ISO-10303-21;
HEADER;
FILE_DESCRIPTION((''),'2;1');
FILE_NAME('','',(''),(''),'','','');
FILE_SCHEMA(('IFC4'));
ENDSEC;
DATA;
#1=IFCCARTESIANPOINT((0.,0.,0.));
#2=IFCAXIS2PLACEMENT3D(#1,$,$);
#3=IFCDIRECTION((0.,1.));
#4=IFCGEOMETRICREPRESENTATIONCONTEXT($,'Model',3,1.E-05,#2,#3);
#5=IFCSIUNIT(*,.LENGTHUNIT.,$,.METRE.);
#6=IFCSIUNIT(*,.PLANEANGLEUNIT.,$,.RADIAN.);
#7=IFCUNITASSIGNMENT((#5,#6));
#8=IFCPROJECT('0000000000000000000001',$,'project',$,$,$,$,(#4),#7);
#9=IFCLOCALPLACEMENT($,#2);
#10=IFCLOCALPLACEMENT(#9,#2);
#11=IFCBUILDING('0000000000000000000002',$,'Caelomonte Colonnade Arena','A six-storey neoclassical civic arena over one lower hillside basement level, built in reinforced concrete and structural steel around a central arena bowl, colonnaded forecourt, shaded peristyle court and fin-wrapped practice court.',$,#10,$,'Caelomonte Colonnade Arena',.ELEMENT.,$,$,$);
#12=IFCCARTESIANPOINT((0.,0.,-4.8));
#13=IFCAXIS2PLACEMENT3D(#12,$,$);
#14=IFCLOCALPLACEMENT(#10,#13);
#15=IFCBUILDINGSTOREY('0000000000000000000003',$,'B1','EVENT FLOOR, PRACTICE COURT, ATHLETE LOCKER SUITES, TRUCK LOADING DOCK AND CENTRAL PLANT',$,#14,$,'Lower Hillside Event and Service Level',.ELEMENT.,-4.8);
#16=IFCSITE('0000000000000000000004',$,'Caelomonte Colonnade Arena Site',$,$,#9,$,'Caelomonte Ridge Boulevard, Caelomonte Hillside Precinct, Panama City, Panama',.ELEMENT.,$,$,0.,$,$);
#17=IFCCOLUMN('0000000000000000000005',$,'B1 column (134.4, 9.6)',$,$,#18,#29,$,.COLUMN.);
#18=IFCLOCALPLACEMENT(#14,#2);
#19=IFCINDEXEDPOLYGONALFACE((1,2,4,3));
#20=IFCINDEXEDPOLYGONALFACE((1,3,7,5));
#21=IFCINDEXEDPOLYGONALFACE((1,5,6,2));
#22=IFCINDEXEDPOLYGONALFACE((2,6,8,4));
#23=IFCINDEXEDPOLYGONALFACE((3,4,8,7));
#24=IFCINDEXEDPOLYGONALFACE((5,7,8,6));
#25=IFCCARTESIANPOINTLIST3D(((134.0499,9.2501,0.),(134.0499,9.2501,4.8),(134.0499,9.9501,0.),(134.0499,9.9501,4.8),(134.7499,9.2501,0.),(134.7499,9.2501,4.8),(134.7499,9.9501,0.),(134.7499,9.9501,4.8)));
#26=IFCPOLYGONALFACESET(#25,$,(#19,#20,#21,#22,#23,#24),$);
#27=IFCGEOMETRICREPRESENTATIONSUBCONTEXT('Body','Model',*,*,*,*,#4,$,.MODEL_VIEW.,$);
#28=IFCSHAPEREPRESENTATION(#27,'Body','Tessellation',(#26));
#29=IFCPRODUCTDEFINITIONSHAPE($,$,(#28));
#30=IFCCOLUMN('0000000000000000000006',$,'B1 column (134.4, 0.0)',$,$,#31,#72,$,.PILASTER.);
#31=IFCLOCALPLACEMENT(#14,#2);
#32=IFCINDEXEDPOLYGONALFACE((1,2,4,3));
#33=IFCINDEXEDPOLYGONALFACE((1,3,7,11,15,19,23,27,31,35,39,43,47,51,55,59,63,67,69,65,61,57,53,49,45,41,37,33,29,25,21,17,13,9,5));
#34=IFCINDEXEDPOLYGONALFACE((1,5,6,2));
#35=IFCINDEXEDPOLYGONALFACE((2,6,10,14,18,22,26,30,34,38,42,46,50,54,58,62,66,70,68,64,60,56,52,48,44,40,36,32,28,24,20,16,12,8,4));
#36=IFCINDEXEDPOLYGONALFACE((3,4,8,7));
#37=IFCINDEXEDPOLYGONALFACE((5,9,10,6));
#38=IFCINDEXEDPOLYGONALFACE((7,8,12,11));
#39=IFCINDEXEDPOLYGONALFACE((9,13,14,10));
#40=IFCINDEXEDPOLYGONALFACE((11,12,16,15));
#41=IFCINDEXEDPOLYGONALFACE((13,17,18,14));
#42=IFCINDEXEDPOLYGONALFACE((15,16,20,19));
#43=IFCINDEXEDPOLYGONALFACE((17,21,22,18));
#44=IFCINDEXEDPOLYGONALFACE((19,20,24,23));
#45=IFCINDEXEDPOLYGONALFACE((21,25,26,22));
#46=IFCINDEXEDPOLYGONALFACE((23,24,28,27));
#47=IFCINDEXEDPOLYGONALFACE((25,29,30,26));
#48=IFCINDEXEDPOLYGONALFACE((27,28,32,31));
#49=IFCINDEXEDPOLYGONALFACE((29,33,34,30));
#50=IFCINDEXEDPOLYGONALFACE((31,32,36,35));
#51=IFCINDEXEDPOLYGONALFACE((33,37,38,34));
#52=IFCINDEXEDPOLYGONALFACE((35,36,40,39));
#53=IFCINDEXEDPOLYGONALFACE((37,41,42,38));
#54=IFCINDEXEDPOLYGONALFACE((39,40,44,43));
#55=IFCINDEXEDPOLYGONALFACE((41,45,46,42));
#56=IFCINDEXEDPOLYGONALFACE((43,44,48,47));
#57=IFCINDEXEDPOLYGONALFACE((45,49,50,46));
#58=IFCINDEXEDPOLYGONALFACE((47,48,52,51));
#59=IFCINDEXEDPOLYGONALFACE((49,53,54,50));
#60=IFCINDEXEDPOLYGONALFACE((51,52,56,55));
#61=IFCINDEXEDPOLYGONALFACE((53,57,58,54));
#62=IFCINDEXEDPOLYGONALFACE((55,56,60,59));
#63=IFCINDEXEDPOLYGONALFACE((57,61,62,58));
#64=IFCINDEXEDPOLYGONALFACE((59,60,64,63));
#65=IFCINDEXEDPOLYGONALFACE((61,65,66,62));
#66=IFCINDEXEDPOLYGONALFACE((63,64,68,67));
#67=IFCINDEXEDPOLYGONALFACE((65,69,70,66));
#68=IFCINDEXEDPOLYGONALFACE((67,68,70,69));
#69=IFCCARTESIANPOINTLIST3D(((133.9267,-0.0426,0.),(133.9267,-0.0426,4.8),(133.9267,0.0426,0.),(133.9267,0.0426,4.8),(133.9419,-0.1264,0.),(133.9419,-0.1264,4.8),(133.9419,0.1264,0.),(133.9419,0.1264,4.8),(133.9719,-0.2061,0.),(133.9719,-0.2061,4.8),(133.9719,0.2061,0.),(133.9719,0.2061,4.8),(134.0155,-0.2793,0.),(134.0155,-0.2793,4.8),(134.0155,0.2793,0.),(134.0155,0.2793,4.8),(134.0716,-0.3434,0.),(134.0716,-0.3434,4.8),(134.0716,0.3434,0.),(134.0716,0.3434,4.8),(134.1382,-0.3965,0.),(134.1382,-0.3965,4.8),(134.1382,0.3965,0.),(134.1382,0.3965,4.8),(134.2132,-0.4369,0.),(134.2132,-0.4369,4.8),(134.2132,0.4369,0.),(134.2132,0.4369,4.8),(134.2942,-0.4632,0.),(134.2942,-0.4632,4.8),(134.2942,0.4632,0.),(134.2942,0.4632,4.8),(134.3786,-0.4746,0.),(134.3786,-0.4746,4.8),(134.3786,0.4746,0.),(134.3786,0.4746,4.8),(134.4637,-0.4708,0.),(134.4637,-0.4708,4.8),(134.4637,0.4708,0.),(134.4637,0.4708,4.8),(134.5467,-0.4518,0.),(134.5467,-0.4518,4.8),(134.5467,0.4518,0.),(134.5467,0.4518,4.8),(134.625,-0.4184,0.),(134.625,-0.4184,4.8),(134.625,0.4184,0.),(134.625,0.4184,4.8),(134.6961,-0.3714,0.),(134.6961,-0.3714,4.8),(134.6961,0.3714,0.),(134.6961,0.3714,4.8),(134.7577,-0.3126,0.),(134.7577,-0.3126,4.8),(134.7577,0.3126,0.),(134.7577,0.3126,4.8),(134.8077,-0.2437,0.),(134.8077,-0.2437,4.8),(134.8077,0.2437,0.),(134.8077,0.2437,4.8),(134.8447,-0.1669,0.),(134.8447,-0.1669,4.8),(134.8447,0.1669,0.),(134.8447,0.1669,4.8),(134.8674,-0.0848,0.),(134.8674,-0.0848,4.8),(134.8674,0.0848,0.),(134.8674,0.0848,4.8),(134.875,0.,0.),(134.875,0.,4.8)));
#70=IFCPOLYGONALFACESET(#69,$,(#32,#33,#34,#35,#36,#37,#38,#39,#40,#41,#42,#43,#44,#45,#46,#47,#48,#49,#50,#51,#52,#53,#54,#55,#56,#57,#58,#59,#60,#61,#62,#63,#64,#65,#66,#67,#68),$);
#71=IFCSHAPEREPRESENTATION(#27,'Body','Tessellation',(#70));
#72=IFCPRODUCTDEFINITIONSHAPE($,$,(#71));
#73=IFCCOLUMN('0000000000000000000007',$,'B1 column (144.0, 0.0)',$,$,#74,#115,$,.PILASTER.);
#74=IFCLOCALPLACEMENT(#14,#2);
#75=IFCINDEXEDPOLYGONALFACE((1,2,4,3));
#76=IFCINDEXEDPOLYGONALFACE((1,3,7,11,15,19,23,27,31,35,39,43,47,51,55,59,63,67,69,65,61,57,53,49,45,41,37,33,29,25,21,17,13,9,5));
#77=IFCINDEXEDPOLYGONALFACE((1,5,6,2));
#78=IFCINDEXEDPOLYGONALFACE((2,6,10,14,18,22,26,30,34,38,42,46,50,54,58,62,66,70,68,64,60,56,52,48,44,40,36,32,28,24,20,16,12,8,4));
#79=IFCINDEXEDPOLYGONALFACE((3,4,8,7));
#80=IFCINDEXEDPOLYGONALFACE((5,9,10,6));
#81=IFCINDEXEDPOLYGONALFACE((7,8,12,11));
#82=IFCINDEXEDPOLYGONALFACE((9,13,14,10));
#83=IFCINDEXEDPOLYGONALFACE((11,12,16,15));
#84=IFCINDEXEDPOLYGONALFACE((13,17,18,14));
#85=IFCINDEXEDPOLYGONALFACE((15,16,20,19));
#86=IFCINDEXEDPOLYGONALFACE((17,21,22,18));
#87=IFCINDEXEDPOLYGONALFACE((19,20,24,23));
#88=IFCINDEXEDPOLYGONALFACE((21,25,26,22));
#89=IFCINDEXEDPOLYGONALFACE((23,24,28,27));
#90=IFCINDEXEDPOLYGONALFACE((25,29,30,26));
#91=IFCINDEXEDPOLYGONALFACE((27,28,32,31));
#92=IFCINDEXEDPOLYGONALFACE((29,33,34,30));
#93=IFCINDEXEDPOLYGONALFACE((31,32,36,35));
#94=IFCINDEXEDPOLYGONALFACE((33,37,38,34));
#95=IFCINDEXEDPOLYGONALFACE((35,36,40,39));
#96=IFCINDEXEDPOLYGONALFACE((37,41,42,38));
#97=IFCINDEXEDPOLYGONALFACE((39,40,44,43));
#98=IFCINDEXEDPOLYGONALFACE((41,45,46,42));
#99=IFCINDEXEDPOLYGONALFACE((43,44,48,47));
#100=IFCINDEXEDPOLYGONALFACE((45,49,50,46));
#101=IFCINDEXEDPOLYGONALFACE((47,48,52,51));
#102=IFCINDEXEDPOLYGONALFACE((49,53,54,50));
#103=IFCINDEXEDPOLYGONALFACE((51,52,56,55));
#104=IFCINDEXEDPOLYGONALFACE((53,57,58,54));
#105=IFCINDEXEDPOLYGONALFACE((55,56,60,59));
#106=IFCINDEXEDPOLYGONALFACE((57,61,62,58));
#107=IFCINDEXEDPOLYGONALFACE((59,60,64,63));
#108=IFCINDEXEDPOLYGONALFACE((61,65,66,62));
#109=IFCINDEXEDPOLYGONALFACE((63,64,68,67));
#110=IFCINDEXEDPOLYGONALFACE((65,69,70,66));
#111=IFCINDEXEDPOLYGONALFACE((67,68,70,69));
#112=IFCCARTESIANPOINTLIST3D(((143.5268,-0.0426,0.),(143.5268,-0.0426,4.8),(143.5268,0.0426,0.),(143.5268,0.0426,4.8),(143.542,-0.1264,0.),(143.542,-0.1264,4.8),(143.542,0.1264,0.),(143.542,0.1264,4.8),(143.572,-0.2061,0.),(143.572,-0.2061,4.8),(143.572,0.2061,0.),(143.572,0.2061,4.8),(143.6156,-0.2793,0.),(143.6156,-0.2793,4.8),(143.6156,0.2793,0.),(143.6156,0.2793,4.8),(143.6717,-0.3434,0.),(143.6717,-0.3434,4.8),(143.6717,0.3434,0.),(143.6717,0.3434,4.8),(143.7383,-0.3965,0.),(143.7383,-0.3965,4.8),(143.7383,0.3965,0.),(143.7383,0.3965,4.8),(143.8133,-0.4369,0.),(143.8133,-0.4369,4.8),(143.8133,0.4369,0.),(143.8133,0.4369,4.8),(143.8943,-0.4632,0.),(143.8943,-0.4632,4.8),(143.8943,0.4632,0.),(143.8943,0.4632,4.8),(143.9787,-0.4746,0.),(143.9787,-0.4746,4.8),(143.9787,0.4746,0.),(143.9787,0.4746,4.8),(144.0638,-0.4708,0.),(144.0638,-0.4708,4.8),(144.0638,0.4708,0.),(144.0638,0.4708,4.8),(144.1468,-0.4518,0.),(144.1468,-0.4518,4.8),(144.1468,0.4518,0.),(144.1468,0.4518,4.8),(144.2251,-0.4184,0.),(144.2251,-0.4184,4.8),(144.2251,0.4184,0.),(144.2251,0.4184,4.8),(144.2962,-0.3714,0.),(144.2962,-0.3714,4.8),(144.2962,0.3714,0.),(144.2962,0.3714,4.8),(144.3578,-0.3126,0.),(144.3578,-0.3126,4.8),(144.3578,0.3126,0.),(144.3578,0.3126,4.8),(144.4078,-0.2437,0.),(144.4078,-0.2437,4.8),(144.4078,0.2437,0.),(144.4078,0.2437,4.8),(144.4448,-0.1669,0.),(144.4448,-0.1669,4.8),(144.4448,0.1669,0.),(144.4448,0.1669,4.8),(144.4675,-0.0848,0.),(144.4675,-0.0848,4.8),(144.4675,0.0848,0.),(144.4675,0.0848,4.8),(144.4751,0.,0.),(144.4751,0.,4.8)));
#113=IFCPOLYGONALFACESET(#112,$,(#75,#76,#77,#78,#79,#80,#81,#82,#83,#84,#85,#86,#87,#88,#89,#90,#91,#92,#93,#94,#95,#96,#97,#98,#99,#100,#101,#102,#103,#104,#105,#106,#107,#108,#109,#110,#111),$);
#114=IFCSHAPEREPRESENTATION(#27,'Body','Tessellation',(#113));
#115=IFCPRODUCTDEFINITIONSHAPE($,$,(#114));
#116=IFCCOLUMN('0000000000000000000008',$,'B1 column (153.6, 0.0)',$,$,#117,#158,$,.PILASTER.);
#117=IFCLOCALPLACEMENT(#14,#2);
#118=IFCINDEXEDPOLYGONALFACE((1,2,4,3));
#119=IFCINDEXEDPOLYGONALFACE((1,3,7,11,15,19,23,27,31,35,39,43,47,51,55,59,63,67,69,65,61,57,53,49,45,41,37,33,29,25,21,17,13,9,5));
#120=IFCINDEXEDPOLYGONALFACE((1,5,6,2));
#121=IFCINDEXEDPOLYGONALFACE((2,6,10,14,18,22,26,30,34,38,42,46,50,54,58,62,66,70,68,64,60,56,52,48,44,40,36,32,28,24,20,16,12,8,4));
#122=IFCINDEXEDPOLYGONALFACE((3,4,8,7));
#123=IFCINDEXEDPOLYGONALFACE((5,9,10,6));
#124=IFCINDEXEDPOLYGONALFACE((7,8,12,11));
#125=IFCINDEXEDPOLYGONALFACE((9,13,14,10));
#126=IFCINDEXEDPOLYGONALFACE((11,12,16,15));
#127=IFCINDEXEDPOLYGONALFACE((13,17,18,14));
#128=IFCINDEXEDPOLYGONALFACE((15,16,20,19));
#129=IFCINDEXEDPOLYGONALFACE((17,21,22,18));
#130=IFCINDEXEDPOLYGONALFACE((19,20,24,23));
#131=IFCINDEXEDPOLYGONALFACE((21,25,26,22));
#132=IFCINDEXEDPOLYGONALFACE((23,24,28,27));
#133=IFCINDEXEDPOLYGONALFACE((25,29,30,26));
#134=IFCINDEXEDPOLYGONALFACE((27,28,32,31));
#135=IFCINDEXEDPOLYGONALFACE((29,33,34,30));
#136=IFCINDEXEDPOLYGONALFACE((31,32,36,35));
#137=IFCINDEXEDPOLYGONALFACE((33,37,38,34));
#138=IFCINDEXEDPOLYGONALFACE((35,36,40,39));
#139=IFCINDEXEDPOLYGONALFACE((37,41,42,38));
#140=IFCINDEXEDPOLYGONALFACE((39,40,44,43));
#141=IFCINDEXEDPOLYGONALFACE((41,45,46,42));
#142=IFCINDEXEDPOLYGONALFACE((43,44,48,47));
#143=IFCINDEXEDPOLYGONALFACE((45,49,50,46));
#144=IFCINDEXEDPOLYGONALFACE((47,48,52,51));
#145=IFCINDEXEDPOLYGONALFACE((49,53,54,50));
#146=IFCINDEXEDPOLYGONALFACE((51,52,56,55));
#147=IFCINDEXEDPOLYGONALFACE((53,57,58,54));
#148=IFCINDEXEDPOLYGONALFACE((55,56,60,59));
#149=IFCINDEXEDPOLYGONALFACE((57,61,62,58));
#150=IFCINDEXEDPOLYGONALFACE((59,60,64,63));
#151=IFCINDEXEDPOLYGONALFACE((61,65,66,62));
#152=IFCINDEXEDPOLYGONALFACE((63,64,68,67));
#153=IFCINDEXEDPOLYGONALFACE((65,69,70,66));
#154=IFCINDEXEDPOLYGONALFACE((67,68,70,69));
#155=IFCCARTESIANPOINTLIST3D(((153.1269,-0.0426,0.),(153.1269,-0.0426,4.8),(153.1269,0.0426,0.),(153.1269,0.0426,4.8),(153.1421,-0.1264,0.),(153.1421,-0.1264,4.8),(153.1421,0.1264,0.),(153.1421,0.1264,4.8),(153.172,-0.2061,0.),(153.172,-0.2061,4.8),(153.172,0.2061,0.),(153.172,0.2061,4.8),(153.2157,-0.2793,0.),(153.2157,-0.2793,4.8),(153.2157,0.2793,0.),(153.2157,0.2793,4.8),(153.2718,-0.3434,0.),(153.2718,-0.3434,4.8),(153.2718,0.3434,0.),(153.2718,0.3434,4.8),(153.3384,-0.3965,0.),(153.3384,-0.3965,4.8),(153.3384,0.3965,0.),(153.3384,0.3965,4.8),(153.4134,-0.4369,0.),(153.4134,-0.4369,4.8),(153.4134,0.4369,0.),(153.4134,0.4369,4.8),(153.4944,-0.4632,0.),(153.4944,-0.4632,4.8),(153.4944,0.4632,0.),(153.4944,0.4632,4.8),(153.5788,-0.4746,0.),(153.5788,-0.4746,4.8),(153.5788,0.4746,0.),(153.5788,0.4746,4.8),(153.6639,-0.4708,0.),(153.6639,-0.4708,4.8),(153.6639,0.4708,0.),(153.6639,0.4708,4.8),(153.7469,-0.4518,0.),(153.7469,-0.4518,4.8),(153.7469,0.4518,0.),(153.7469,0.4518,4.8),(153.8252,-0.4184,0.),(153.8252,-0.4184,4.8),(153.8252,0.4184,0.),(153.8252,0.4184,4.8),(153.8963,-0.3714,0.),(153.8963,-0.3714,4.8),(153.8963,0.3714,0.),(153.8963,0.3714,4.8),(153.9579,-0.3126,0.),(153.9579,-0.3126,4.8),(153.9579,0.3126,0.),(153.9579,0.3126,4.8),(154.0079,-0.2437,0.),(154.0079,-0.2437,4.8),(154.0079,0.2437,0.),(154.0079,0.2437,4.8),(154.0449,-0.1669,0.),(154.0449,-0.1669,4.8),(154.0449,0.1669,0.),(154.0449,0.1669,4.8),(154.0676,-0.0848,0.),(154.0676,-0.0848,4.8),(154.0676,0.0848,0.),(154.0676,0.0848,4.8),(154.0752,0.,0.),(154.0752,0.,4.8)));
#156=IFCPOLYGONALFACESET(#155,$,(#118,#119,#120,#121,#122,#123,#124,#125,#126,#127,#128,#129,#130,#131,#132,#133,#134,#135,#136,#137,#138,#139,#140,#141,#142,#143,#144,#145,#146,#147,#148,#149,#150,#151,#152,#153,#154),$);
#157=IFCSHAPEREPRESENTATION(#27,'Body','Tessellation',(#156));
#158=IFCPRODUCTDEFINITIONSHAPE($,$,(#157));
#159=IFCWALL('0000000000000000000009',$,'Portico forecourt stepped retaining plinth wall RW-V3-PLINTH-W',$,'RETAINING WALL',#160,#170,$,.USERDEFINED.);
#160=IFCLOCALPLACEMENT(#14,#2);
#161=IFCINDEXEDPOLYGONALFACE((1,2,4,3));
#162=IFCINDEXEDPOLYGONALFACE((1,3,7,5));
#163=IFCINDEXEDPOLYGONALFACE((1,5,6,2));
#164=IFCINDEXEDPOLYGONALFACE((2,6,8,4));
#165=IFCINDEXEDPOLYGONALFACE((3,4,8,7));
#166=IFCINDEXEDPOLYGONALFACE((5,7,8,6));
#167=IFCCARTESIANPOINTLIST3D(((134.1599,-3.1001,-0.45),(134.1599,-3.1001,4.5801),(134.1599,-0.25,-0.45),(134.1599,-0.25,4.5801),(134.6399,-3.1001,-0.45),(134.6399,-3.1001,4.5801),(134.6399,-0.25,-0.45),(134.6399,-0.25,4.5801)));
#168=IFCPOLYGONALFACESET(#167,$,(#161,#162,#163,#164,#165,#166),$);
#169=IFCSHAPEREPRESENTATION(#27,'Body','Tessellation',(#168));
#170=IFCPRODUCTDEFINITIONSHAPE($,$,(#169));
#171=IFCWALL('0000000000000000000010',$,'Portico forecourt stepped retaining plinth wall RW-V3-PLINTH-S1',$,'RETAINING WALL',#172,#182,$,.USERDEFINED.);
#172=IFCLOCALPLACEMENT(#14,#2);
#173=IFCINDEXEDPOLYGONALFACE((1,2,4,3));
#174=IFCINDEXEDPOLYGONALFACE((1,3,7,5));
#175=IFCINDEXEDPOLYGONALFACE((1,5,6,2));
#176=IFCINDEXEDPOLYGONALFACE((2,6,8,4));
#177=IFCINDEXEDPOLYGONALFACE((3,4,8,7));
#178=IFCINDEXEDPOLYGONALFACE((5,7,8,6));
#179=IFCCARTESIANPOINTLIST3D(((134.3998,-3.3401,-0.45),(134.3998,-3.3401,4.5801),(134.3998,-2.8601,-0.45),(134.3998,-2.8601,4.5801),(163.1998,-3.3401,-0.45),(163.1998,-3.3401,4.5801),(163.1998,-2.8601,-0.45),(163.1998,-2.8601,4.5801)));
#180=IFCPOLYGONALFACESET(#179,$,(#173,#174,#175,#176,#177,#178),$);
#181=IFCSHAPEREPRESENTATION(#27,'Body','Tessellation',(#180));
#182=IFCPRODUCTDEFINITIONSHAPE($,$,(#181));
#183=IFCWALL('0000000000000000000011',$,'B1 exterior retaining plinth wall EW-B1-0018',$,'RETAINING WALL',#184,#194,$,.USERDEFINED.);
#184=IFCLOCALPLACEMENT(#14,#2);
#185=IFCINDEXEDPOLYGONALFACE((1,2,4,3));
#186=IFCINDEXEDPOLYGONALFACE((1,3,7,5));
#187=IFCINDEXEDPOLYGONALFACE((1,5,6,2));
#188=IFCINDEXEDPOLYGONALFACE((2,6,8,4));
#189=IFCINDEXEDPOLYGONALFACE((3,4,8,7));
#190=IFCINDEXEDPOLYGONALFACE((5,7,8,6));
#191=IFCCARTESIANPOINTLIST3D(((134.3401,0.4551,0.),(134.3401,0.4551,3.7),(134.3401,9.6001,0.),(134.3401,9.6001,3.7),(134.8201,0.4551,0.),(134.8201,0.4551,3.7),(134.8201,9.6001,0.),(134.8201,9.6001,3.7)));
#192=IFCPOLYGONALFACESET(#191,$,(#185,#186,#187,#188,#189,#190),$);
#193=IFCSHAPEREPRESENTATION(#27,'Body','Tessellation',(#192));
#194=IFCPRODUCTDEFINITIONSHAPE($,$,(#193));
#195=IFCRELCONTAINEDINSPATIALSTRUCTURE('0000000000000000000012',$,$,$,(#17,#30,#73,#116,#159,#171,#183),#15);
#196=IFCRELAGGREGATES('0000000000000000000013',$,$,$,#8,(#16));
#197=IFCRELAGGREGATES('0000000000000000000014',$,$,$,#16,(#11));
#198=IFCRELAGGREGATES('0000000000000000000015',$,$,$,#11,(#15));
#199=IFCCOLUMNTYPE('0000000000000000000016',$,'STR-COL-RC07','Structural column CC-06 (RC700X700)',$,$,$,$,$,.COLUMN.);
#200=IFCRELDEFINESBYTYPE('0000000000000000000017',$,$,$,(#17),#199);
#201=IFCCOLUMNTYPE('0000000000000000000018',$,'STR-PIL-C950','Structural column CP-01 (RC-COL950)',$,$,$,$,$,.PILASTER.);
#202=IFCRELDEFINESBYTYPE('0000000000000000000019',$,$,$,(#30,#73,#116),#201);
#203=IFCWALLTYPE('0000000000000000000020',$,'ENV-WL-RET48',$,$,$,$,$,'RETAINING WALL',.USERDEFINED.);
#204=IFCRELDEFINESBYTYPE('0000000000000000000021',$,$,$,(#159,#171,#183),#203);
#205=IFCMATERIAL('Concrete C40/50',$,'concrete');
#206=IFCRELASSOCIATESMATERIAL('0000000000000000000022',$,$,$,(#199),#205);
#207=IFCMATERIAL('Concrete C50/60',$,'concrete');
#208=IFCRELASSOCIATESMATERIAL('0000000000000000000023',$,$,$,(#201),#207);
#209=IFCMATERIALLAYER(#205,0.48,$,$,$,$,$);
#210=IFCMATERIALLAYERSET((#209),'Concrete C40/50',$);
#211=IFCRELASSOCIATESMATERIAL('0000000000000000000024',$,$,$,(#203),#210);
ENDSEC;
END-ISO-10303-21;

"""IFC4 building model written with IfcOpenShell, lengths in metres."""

from ifc_helpers import new_model, si_unit, direction, frame, frame_2d, origin, origin_2d, place, context, subcontext, project, spatial, rectangle, circle, extrude, material, layer, layer_set, material_profile, profile_set, type_object, element, save


model = new_model("IFC4")

# Units and contexts
model_context = context("Model", 3, precision=1e-05, world=origin(), true_north=direction((0.0, 1.0)))
body_context = subcontext(model_context, "Body", "Model", "MODEL_VIEW")
ifc_project = project(units=[si_unit("LENGTHUNIT", "METRE"), si_unit("PLANEANGLEUNIT", "RADIAN")], contexts=[model_context])

# Site, building, storey
site_placement = place(None, origin())
site = spatial("IfcSite", under=ifc_project, at=site_placement, Name="Caelomonte Colonnade Arena Site", LongName="Caelomonte Ridge Boulevard, Caelomonte Hillside Precinct, Panama City, Panama", CompositionType="ELEMENT", RefElevation=0.0)
building_placement = place(site_placement, origin())
building = spatial("IfcBuilding", under=site, at=building_placement, Name="Caelomonte Colonnade Arena", Description="A six-storey neoclassical civic arena over one lower hillside basement level, built in reinforced concrete and structural steel around a central arena bowl, colonnaded forecourt, shaded peristyle court and fin-wrapped practice court.", LongName="Caelomonte Colonnade Arena", CompositionType="ELEMENT")
storey_placement = place(building_placement, frame((0.0, 0.0, -4.8)))
storey = spatial("IfcBuildingStorey", under=building, at=storey_placement, Name="B1", Description="EVENT FLOOR, PRACTICE COURT, ATHLETE LOCKER SUITES, TRUCK LOADING DOCK AND CENTRAL PLANT", LongName="Lower Hillside Event and Service Level", CompositionType="ELEMENT", Elevation=-4.8)

# Shared definitions
ifc_material_1 = material(Name="Concrete C40/50", Category="concrete")

# Columns
ifc_material_profile_1 = material_profile(ifc_material_1, rectangle(XDim=0.7, YDim=0.7, at=origin_2d()), Name="RC700X700")
ifc_profile_set_1 = profile_set([ifc_material_profile_1], Name="Concrete C40/50")
column_type_1 = type_object("IfcColumnType", Name="STR-COL-RC07", Description="Structural column CC-06 (RC700X700)", PredefinedType="COLUMN", material=ifc_profile_set_1)
column_placement = place(storey_placement, frame((134.3999, 9.6001, 0.0), z_axis=(0.0, 0.0, 1.0), x_axis=(1.0, 0.0, 0.0)))
element("IfcColumn", 1, at=column_placement, inside=storey, type_object=column_type_1, Name="B1 column (134.4, 9.6)", PredefinedType="COLUMN", context=body_context, shape_type="SweptSolid", body=[
    extrude(rectangle(XDim=0.7, YDim=0.7, at=origin_2d()), origin(), (0.0, 0.0, 1.0), 4.8),
])
ifc_material_2 = material(Name="Concrete C50/60", Category="concrete")
ifc_material_profile_2 = material_profile(ifc_material_2, circle(Radius=0.4751, at=origin_2d()), Name="RC-COL950")
ifc_profile_set_2 = profile_set([ifc_material_profile_2], Name="Concrete C50/60")
column_type_2 = type_object("IfcColumnType", Name="STR-PIL-C950", Description="Structural column CP-01 (RC-COL950)", PredefinedType="PILASTER", material=ifc_profile_set_2)
for number, where, z_axis, x_axis, name in (
    (2, (134.3999, 0.0, 0.0), (0.0, 0.0, 1.0), (1.0, 0.0, 0.0), "B1 column (134.4, 0.0)"),
    (3, (144.0, 0.0, 0.0), (0.0, 0.0, 1.0), (1.0, 0.0, 0.0), "B1 column (144.0, 0.0)"),
    (4, (153.6001, 0.0, 0.0), (0.0, 0.0, 1.0), (1.0, 0.0, 0.0), "B1 column (153.6, 0.0)"),
):
    element("IfcColumn", number, at=place(storey_placement, frame(where, z_axis=z_axis, x_axis=x_axis)), inside=storey, type_object=column_type_2, Name=name, PredefinedType="PILASTER", context=body_context, shape_type="SweptSolid", body=[
        extrude(circle(Radius=0.4751, at=origin_2d()), origin(), (0.0, 0.0, 1.0), 4.8),
    ])

# Walls
ifc_layer_1 = layer(ifc_material_1, 0.48)
ifc_layer_set_1 = layer_set([ifc_layer_1], Name="Concrete C40/50")
wall_type_1 = type_object("IfcWallType", Name="ENV-WL-RET48", ElementType="RETAINING WALL", PredefinedType="USERDEFINED", material=ifc_layer_set_1)
wall_1_placement = place(storey_placement, frame((134.3999, -3.1001, -0.45), z_axis=(0.0, 0.0, 1.0), x_axis=(0.0, 1.0, 0.0)))
element("IfcWall", 5, at=wall_1_placement, inside=storey, type_object=wall_type_1, Name="Portico forecourt stepped retaining plinth wall RW-V3-PLINTH-W", ObjectType="RETAINING WALL", PredefinedType="USERDEFINED", context=body_context, shape_type="SweptSolid", body=[
    extrude(rectangle(XDim=2.8501, YDim=0.48, at=frame_2d((1.425, 0.0))), origin(), (0.0, 0.0, 1.0), 5.03),
])
wall_2_placement = place(storey_placement, frame((134.3999, -3.1001, -0.45), z_axis=(0.0, 0.0, 1.0), x_axis=(1.0, 0.0, 0.0)))
element("IfcWall", 6, at=wall_2_placement, inside=storey, type_object=wall_type_1, Name="Portico forecourt stepped retaining plinth wall RW-V3-PLINTH-S1", ObjectType="RETAINING WALL", PredefinedType="USERDEFINED", context=body_context, shape_type="SweptSolid", body=[
    extrude(rectangle(XDim=28.8, YDim=0.48, at=frame_2d((14.3999, 0.0))), origin(), (0.0, 0.0, 1.0), 5.03),
])
wall_3_placement = place(storey_placement, frame((134.5801, 9.6001, 0.0), z_axis=(0.0, 0.0, 1.0), x_axis=(0.0, -1.0, 0.0)))
element("IfcWall", 7, at=wall_3_placement, inside=storey, type_object=wall_type_1, Name="B1 exterior retaining plinth wall EW-B1-0018", ObjectType="RETAINING WALL", PredefinedType="USERDEFINED", context=body_context, shape_type="SweptSolid", body=[
    extrude(rectangle(XDim=9.145, YDim=0.48, at=frame_2d((4.5725, 0.0))), origin(), (0.0, 0.0, 1.0), 3.7),
])

save(model, "model.ifc")
